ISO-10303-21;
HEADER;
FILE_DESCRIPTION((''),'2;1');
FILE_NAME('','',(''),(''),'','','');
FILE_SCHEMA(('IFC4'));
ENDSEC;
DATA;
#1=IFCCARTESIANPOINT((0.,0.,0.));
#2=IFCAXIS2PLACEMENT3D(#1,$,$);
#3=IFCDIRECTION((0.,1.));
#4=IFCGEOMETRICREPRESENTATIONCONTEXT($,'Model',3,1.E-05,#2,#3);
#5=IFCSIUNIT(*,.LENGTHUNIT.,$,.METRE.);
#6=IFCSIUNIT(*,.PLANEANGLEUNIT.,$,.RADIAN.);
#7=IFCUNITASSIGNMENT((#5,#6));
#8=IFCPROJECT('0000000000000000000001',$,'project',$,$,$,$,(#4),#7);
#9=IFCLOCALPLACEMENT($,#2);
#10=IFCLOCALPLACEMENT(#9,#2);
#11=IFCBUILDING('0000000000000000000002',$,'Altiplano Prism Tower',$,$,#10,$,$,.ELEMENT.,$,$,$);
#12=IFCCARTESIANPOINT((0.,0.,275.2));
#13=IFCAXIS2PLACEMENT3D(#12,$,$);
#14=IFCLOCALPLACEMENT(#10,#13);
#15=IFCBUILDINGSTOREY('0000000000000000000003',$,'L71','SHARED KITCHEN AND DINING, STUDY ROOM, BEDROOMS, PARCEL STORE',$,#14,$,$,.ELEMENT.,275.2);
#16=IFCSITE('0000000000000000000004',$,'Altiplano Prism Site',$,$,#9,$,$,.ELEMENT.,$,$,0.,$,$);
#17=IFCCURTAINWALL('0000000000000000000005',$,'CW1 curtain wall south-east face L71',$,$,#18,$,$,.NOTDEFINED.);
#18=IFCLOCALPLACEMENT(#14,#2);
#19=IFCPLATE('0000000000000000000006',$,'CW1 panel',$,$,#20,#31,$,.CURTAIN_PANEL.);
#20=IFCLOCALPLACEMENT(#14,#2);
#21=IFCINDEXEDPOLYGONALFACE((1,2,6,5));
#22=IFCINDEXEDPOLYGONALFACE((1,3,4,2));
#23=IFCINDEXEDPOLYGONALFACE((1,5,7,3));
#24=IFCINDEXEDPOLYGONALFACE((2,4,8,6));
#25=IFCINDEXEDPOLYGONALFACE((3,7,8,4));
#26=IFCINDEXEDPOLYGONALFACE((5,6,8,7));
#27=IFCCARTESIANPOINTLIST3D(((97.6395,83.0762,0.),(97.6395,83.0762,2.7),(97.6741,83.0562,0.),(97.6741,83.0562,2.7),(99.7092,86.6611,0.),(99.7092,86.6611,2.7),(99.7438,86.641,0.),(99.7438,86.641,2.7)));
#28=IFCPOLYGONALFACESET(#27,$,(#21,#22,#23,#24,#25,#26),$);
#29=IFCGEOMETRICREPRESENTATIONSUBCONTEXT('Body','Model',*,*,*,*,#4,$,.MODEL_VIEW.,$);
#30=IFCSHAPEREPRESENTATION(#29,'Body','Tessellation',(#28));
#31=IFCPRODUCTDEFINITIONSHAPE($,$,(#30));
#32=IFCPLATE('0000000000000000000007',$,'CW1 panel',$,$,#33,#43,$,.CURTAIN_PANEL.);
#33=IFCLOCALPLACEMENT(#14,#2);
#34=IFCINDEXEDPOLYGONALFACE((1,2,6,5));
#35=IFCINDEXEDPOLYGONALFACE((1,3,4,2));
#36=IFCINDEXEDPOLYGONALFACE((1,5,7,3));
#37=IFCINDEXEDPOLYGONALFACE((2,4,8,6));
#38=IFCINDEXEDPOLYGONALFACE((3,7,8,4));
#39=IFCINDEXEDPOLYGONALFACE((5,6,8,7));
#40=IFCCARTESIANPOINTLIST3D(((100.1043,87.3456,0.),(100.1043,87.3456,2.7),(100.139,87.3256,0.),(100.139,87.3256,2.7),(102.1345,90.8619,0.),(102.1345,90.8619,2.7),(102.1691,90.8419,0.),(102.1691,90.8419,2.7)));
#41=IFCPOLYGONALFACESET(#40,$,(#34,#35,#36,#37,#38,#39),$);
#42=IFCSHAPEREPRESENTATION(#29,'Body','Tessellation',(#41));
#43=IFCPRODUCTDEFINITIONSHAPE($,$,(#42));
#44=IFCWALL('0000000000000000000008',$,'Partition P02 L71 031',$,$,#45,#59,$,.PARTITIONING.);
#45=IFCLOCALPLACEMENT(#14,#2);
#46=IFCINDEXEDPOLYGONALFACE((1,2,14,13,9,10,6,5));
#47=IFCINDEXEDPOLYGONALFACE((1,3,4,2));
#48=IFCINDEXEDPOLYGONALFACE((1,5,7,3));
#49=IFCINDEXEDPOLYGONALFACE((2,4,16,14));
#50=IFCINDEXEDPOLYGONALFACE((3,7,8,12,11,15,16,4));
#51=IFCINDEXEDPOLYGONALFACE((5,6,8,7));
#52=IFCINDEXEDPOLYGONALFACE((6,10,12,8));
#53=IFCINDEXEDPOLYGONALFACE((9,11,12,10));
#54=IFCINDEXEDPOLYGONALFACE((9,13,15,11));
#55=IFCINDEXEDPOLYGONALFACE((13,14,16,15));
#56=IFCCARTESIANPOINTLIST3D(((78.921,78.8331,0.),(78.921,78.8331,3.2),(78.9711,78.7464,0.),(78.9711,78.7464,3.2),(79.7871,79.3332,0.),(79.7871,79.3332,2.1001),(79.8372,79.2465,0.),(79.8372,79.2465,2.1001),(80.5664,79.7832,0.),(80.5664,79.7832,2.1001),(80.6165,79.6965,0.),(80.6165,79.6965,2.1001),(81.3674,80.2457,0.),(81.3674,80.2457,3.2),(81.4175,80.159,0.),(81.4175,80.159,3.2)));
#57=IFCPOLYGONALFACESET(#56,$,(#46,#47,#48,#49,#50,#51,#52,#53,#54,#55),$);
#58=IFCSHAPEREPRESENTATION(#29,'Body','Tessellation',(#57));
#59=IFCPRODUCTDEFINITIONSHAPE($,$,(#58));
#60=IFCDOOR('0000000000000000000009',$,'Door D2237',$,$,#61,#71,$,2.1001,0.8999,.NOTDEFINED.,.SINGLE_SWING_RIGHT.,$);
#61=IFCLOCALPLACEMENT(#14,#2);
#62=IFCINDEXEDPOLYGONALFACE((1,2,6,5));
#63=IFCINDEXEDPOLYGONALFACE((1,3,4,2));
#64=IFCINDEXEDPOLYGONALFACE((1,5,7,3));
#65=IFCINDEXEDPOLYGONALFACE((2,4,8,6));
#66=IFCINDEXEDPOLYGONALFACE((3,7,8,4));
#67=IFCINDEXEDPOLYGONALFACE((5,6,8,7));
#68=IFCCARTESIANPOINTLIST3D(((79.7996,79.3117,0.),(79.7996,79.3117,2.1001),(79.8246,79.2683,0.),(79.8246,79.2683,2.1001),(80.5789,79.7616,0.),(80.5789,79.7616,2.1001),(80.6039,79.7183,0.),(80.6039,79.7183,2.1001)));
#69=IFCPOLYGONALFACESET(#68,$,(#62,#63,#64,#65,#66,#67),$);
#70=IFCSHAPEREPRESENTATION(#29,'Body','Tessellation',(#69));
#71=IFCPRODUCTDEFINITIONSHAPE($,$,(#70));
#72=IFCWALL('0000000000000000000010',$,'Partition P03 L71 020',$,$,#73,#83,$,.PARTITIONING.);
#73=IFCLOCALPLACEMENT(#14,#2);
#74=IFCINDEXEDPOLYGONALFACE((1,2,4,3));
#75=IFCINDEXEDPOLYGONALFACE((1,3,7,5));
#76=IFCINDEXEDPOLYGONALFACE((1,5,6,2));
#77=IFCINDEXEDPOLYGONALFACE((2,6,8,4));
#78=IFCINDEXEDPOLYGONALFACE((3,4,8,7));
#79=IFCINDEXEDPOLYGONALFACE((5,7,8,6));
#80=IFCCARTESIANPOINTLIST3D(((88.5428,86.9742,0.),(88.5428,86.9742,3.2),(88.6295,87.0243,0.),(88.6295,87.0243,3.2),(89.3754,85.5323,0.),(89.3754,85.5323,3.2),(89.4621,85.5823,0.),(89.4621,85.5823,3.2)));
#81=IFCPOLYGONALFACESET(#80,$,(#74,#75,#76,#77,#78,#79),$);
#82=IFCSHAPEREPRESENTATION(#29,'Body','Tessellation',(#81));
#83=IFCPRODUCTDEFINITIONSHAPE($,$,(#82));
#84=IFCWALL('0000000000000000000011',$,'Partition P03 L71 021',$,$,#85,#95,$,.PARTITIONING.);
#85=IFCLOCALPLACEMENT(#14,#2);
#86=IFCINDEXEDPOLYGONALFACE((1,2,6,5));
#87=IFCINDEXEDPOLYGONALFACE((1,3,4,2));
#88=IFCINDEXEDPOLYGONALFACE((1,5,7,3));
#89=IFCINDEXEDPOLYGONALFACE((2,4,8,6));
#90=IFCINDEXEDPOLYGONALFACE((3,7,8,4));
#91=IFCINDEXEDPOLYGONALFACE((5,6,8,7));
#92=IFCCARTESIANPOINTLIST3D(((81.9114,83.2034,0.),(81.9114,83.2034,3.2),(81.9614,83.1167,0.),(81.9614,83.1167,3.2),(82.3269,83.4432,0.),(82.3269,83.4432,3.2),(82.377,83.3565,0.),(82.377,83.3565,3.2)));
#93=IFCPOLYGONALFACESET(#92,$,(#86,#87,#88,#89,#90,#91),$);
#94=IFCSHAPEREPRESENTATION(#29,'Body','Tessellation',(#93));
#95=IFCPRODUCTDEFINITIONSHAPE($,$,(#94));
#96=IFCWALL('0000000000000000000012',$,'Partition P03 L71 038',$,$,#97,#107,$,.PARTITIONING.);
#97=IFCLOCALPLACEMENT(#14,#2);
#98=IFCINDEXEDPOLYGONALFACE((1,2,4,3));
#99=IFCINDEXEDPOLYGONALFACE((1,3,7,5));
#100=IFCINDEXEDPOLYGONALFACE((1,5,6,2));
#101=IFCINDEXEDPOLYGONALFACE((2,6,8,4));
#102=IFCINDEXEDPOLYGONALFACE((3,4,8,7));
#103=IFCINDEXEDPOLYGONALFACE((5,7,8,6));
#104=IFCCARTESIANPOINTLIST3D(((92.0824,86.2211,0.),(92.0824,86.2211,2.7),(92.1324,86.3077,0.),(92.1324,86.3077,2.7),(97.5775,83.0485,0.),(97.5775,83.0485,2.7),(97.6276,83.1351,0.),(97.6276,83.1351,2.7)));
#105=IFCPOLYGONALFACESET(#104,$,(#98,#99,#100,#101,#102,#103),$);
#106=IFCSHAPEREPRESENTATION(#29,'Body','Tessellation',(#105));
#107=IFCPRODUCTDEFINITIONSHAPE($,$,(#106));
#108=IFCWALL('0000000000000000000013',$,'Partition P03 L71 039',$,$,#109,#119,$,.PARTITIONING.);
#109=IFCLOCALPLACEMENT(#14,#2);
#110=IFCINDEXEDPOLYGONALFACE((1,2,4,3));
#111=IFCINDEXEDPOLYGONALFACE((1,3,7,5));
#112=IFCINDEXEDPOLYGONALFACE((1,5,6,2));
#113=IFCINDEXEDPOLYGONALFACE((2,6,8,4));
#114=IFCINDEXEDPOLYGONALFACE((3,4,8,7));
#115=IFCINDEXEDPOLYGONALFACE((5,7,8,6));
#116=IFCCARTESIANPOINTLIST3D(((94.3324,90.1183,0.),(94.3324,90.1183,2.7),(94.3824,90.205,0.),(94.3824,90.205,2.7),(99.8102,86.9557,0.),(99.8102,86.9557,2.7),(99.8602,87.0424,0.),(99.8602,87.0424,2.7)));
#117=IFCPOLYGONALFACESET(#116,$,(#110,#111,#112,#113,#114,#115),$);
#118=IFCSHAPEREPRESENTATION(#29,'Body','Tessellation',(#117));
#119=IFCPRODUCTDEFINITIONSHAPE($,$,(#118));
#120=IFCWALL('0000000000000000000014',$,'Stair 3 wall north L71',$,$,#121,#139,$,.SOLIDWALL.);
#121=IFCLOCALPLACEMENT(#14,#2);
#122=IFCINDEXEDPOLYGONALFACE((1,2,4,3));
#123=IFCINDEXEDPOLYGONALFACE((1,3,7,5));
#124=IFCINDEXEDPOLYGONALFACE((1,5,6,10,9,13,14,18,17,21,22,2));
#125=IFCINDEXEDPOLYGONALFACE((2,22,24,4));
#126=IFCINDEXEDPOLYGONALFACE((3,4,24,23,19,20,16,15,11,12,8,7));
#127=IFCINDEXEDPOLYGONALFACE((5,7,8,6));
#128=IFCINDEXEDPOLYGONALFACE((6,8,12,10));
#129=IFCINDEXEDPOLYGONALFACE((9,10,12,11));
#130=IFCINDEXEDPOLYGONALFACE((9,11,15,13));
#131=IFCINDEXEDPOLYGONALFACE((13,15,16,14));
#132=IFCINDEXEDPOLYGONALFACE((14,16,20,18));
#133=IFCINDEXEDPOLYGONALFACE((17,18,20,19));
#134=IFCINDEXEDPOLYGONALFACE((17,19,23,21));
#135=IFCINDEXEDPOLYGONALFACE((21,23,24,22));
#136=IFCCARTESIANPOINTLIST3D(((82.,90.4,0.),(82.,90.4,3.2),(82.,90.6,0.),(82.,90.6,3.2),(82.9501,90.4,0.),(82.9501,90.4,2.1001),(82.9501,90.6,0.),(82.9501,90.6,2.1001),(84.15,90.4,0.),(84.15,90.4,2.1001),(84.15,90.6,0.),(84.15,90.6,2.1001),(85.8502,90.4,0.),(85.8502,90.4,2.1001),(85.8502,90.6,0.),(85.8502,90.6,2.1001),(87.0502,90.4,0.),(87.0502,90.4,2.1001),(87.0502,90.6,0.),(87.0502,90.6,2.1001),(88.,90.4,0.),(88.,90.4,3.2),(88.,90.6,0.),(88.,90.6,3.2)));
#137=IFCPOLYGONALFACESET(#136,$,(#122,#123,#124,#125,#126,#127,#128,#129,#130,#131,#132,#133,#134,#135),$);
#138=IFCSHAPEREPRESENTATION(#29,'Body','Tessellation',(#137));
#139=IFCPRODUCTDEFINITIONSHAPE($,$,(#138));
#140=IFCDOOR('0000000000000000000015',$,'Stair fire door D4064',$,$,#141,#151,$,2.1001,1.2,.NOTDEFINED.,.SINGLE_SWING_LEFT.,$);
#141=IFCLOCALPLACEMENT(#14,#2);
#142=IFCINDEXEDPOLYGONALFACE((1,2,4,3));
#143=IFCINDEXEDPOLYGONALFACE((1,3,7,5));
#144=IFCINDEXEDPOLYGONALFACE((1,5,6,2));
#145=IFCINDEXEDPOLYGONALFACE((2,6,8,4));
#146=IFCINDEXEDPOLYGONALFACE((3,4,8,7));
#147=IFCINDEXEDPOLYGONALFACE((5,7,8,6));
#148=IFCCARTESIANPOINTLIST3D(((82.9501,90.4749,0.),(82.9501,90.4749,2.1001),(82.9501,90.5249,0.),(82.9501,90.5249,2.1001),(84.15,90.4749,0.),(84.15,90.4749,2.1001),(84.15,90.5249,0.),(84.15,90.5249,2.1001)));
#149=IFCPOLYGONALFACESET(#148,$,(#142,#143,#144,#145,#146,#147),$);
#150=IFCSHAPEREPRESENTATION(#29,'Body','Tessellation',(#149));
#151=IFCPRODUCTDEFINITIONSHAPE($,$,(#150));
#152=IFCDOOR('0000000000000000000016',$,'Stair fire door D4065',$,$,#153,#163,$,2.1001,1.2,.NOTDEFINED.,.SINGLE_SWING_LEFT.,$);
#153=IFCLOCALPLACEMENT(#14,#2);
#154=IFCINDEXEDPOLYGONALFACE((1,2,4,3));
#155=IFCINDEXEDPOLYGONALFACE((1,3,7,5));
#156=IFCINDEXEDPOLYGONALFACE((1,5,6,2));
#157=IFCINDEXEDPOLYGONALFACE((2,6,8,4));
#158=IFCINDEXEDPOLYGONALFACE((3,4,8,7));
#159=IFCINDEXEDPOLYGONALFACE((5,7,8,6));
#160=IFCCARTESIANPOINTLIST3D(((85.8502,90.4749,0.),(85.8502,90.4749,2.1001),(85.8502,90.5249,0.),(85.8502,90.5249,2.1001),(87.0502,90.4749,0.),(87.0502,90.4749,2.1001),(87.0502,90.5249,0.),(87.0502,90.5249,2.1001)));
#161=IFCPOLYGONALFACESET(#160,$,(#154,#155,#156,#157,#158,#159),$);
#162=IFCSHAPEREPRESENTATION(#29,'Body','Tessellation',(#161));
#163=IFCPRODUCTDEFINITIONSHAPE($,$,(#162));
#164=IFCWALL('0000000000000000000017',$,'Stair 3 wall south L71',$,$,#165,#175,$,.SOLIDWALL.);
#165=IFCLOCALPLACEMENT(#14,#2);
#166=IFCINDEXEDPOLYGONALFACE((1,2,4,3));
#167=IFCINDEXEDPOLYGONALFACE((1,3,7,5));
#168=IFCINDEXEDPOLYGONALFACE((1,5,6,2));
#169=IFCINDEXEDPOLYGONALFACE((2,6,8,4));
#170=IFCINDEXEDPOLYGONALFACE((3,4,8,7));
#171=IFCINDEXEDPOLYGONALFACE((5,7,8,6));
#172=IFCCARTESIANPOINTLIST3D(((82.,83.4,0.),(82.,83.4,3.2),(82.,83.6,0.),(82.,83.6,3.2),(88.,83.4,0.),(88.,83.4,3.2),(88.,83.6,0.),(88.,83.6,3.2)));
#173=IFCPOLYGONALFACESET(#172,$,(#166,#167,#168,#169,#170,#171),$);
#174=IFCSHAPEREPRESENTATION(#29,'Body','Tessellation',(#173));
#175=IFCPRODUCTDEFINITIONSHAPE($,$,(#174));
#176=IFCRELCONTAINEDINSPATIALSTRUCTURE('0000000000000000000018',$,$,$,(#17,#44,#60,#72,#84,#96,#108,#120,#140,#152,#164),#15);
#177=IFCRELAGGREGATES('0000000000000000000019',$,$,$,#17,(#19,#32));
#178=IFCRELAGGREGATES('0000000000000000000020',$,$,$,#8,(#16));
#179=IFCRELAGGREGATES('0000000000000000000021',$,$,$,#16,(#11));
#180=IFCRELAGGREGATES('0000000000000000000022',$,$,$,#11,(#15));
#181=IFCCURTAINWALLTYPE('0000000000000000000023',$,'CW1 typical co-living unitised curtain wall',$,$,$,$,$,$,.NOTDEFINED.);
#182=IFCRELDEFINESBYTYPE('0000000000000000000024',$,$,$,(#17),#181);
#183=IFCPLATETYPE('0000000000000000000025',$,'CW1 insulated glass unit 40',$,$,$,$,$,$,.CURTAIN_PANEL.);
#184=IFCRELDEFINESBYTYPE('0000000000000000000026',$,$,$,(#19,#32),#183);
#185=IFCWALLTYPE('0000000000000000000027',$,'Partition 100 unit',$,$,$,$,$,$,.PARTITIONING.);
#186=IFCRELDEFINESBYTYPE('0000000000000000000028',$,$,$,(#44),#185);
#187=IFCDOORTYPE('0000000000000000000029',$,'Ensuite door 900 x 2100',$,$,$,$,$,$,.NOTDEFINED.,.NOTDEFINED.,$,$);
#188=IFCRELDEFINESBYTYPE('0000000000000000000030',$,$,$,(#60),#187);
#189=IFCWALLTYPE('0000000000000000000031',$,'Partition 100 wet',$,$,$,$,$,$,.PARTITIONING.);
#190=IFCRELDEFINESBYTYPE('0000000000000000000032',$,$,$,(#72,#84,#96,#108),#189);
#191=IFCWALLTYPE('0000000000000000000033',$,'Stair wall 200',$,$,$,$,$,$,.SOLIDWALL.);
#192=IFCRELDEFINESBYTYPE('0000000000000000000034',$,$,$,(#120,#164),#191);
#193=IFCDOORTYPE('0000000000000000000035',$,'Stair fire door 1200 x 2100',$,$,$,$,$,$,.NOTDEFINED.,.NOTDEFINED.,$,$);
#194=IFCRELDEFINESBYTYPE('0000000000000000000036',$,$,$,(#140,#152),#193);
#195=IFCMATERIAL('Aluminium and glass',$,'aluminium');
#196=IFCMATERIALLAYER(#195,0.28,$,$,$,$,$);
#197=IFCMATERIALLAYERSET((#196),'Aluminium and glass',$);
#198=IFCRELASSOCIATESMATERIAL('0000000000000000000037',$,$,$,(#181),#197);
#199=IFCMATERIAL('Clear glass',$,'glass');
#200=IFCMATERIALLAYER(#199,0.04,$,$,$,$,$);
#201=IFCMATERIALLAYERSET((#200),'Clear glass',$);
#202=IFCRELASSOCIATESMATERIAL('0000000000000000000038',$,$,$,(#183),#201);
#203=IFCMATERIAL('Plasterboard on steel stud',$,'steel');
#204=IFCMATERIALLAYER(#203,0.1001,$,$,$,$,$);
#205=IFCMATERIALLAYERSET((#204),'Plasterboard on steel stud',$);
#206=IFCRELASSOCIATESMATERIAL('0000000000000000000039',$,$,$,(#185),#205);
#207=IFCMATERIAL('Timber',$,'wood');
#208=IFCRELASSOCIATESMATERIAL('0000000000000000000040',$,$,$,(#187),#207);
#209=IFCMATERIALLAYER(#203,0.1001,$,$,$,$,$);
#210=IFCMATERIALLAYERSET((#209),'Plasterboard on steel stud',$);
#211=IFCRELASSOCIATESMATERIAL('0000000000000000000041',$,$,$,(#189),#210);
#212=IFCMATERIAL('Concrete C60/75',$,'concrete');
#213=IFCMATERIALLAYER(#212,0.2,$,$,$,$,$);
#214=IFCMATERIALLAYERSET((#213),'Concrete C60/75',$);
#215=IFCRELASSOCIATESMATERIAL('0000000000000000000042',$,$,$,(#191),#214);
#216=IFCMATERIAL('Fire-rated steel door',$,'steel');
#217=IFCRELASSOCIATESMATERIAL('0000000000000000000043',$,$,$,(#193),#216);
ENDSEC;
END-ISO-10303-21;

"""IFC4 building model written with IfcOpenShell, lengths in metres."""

from ifc_helpers import new_model, si_unit, direction, frame, frame_2d, origin, origin_2d, place, context, subcontext, project, spatial, rectangle, extrude, material, layer, layer_set, type_object, element, fill, aggregate, save


model = new_model("IFC4")

# Units and contexts
model_context = context("Model", 3, precision=1e-05, world=origin(), true_north=direction((0.0, 1.0)))
body_context = subcontext(model_context, "Body", "Model", "MODEL_VIEW")
ifc_project = project(units=[si_unit("LENGTHUNIT", "METRE"), si_unit("PLANEANGLEUNIT", "RADIAN")], contexts=[model_context])

# Site, building, storey
site_placement = place(None, origin())
site = spatial("IfcSite", under=ifc_project, at=site_placement, Name="Altiplano Prism Site", CompositionType="ELEMENT", RefElevation=0.0)
building_placement = place(site_placement, origin())
building = spatial("IfcBuilding", under=site, at=building_placement, Name="Altiplano Prism Tower", CompositionType="ELEMENT")
storey_placement = place(building_placement, frame((0.0, 0.0, 275.2)))
storey = spatial("IfcBuildingStorey", under=building, at=storey_placement, Name="L71", Description="SHARED KITCHEN AND DINING, STUDY ROOM, BEDROOMS, PARCEL STORE", CompositionType="ELEMENT", Elevation=275.2)

# Shared definitions
ifc_material_1 = material(Name="Concrete C60/75", Category="concrete")

# Curtain wall
ifc_material_2 = material(Name="Aluminium and glass", Category="aluminium")
ifc_layer_1 = layer(ifc_material_2, 0.28)
ifc_layer_set_1 = layer_set([ifc_layer_1], Name="Aluminium and glass")
curtain_wall_type = type_object("IfcCurtainWallType", Name="CW1 typical co-living unitised curtain wall", PredefinedType="NOTDEFINED", material=ifc_layer_set_1)
curtain_wall_placement = place(storey_placement, origin())
curtain_wall = element("IfcCurtainWall", 1, at=curtain_wall_placement, inside=storey, type_object=curtain_wall_type, Name="CW1 curtain wall south-east face L71", PredefinedType="NOTDEFINED")

# Plates
ifc_material_3 = material(Name="Clear glass", Category="glass")
ifc_layer_2 = layer(ifc_material_3, 0.04)
ifc_layer_set_2 = layer_set([ifc_layer_2], Name="Clear glass")
plate_type = type_object("IfcPlateType", Name="CW1 insulated glass unit 40", PredefinedType="CURTAIN_PANEL", material=ifc_layer_set_2)
plate_1_placement = place(storey_placement, frame((98.6917, 84.8586, 0.0), z_axis=(0.0, 0.0, 1.0), x_axis=(0.5, 0.866025, 0.0)))
plate_1 = element("IfcPlate", 2, at=plate_1_placement, type_object=plate_type, Name="CW1 panel", PredefinedType="CURTAIN_PANEL", context=body_context, shape_type="SweptSolid", body=[
    extrude(rectangle(XDim=4.1394, YDim=0.04, at=origin_2d()), origin(), (0.0, 0.0, 1.0), 2.7),
])
plate_2_placement = place(storey_placement, frame((101.1367, 89.0938, 0.0), z_axis=(0.0, 0.0, 1.0), x_axis=(0.5, 0.866025, 0.0)))
plate_2 = element("IfcPlate", 3, at=plate_2_placement, type_object=plate_type, Name="CW1 panel", PredefinedType="CURTAIN_PANEL", context=body_context, shape_type="SweptSolid", body=[
    extrude(rectangle(XDim=4.0603, YDim=0.04, at=origin_2d()), origin(), (0.0, 0.0, 1.0), 2.7),
])
aggregate(curtain_wall, [plate_1, plate_2])

# Wall, opening, door
ifc_material_4 = material(Name="Plasterboard on steel stud", Category="steel")
ifc_layer_3 = layer(ifc_material_4, 0.1001)
ifc_layer_set_3 = layer_set([ifc_layer_3], Name="Plasterboard on steel stud")
wall_type_1 = type_object("IfcWallType", Name="Partition 100 unit", PredefinedType="PARTITIONING", material=ifc_layer_set_3)
wall_1_placement = place(storey_placement, frame((81.3926, 80.2024, 0.0), z_axis=(0.0, 0.0, 1.0), x_axis=(-0.866011, -0.500024, 0.0)))
wall_1 = element("IfcWall", 4, at=wall_1_placement, inside=storey, type_object=wall_type_1, Name="Partition P02 L71 031", PredefinedType="PARTITIONING", context=body_context, shape_type="SweptSolid", body=[
    extrude(rectangle(XDim=2.825, YDim=0.1001, at=frame_2d((1.4126, 0.0))), origin(), (0.0, 0.0, 1.0), 3.2),
])
opening_1_placement = place(wall_1_placement, frame((0.925, 0.0, 0.0)))
opening_1 = element("IfcOpeningElement", 5, at=opening_1_placement, cuts=wall_1, PredefinedType="OPENING", context=body_context, shape_type="SweptSolid", body=[
    extrude(rectangle(XDim=0.8999, YDim=2.1001, at=frame_2d((0.45, 1.05))), frame((0.0, 0.0605, 0.0), z_axis=(0.0, -1.0, 0.0), x_axis=(1.0, 0.0, 0.0)), (0.0, 0.0, 1.0), 0.1211),
])
ifc_material_5 = material(Name="Timber", Category="wood")
door_type_1 = type_object("IfcDoorType", Name="Ensuite door 900 x 2100", OperationType="NOTDEFINED", PredefinedType="NOTDEFINED", material=ifc_material_5)
door_1_placement = place(opening_1_placement, origin())
door_1 = element("IfcDoor", 6, at=door_1_placement, inside=storey, type_object=door_type_1, Name="Door D2237", OperationType="SINGLE_SWING_RIGHT", OverallHeight=2.1001, OverallWidth=0.8999, PredefinedType="NOTDEFINED", context=body_context, shape_type="SweptSolid", body=[
    extrude(rectangle(XDim=0.8999, YDim=2.1001, at=frame_2d((0.45, 1.05))), frame((0.0, 0.0249, 0.0), z_axis=(0.0, -1.0, 0.0), x_axis=(1.0, 0.0, 0.0)), (0.0, 0.0, 1.0), 0.05),
])
fill(opening_1, door_1)

# Walls
ifc_layer_4 = layer(ifc_material_4, 0.1001)
ifc_layer_set_4 = layer_set([ifc_layer_4], Name="Plasterboard on steel stud")
wall_type_2 = type_object("IfcWallType", Name="Partition 100 wet", PredefinedType="PARTITIONING", material=ifc_layer_set_4)
wall_2_placement = place(storey_placement, frame((88.5862, 86.9993, 0.0), z_axis=(0.0, 0.0, 1.0), x_axis=(0.500019, -0.866015, 0.0)))
element("IfcWall", 7, at=wall_2_placement, inside=storey, type_object=wall_type_2, Name="Partition P03 L71 020", PredefinedType="PARTITIONING", context=body_context, shape_type="SweptSolid", body=[
    extrude(rectangle(XDim=1.665, YDim=0.1001, at=frame_2d((0.8325, 0.0))), origin(), (0.0, 0.0, 1.0), 3.2),
])
wall_3_placement = place(storey_placement, frame((81.9365, 83.1602, 0.0), z_axis=(0.0, 0.0, 1.0), x_axis=(0.866169, 0.499752, 0.0)))
element("IfcWall", 8, at=wall_3_placement, inside=storey, type_object=wall_type_2, Name="Partition P03 L71 021", PredefinedType="PARTITIONING", context=body_context, shape_type="SweptSolid", body=[
    extrude(rectangle(XDim=0.4797, YDim=0.1001, at=frame_2d((0.2397, 0.0))), origin(), (0.0, 0.0, 1.0), 3.2),
])
wall_4_placement = place(storey_placement, frame((97.6025, 83.0918, 0.0), z_axis=(0.0, 0.0, 1.0), x_axis=(-0.866025, 0.5, 0.0)))
element("IfcWall", 9, at=wall_4_placement, inside=storey, type_object=wall_type_2, Name="Partition P03 L71 038", PredefinedType="PARTITIONING", context=body_context, shape_type="SweptSolid", body=[
    extrude(rectangle(XDim=6.3452, YDim=0.1001, at=frame_2d((3.1726, 0.0))), origin(), (0.0, 0.0, 1.0), 2.7),
])
wall_5_placement = place(storey_placement, frame((99.8352, 86.999, 0.0), z_axis=(0.0, 0.0, 1.0), x_axis=(-0.866026, 0.5, 0.0)))
element("IfcWall", 10, at=wall_5_placement, inside=storey, type_object=wall_type_2, Name="Partition P03 L71 039", PredefinedType="PARTITIONING", context=body_context, shape_type="SweptSolid", body=[
    extrude(rectangle(XDim=6.3252, YDim=0.1001, at=frame_2d((3.1626, 0.0))), origin(), (0.0, 0.0, 1.0), 2.7),
])

# Wall, openings, doors
ifc_layer_5 = layer(ifc_material_1, 0.2)
ifc_layer_set_5 = layer_set([ifc_layer_5], Name="Concrete C60/75")
wall_type_3 = type_object("IfcWallType", Name="Stair wall 200", PredefinedType="SOLIDWALL", material=ifc_layer_set_5)
wall_6_placement = place(storey_placement, frame((82.0, 90.5, 0.0), z_axis=(0.0, 0.0, 1.0), x_axis=(1.0, 0.0, 0.0)))
wall_6 = element("IfcWall", 11, at=wall_6_placement, inside=storey, type_object=wall_type_3, Name="Stair 3 wall north L71", PredefinedType="SOLIDWALL", context=body_context, shape_type="SweptSolid", body=[
    extrude(rectangle(XDim=6.0, YDim=0.2, at=frame_2d((3.0, 0.0))), origin(), (0.0, 0.0, 1.0), 3.2),
])
opening_2_placement = place(wall_6_placement, frame((0.95, 0.0, 0.0)))
opening_2 = element("IfcOpeningElement", 12, at=opening_2_placement, cuts=wall_6, PredefinedType="OPENING", context=body_context, shape_type="SweptSolid", body=[
    extrude(rectangle(XDim=1.2, YDim=2.1001, at=frame_2d((0.6001, 1.05))), frame((0.0, 0.1104, 0.0), z_axis=(0.0, -1.0, 0.0), x_axis=(1.0, 0.0, 0.0)), (0.0, 0.0, 1.0), 0.2209),
])
opening_3_placement = place(wall_6_placement, frame((3.8501, 0.0, 0.0)))
opening_3 = element("IfcOpeningElement", 13, at=opening_3_placement, cuts=wall_6, PredefinedType="OPENING", context=body_context, shape_type="SweptSolid", body=[
    extrude(rectangle(XDim=1.2, YDim=2.1001, at=frame_2d((0.6001, 1.05))), frame((0.0, 0.1104, 0.0), z_axis=(0.0, -1.0, 0.0), x_axis=(1.0, 0.0, 0.0)), (0.0, 0.0, 1.0), 0.2209),
])
ifc_material_6 = material(Name="Fire-rated steel door", Category="steel")
door_type_2 = type_object("IfcDoorType", Name="Stair fire door 1200 x 2100", OperationType="NOTDEFINED", PredefinedType="NOTDEFINED", material=ifc_material_6)
door_2_placement = place(opening_2_placement, origin())
door_2 = element("IfcDoor", 14, at=door_2_placement, inside=storey, type_object=door_type_2, Name="Stair fire door D4064", OperationType="SINGLE_SWING_LEFT", OverallHeight=2.1001, OverallWidth=1.2, PredefinedType="NOTDEFINED", context=body_context, shape_type="SweptSolid", body=[
    extrude(rectangle(XDim=1.2, YDim=2.1001, at=frame_2d((0.6001, 1.05))), frame((0.0, 0.0249, 0.0), z_axis=(0.0, -1.0, 0.0), x_axis=(1.0, 0.0, 0.0)), (0.0, 0.0, 1.0), 0.05),
])
fill(opening_2, door_2)
door_3_placement = place(opening_3_placement, origin())
door_3 = element("IfcDoor", 15, at=door_3_placement, inside=storey, type_object=door_type_2, Name="Stair fire door D4065", OperationType="SINGLE_SWING_LEFT", OverallHeight=2.1001, OverallWidth=1.2, PredefinedType="NOTDEFINED", context=body_context, shape_type="SweptSolid", body=[
    extrude(rectangle(XDim=1.2, YDim=2.1001, at=frame_2d((0.6001, 1.05))), frame((0.0, 0.0249, 0.0), z_axis=(0.0, -1.0, 0.0), x_axis=(1.0, 0.0, 0.0)), (0.0, 0.0, 1.0), 0.05),
])
fill(opening_3, door_3)

# Wall
wall_7_placement = place(storey_placement, frame((82.0, 83.5, 0.0), z_axis=(0.0, 0.0, 1.0), x_axis=(1.0, 0.0, 0.0)))
element("IfcWall", 16, at=wall_7_placement, inside=storey, type_object=wall_type_3, Name="Stair 3 wall south L71", PredefinedType="SOLIDWALL", context=body_context, shape_type="SweptSolid", body=[
    extrude(rectangle(XDim=6.0, YDim=0.2, at=frame_2d((3.0, 0.0))), origin(), (0.0, 0.0, 1.0), 3.2),
])

save(model, "model.ifc")
